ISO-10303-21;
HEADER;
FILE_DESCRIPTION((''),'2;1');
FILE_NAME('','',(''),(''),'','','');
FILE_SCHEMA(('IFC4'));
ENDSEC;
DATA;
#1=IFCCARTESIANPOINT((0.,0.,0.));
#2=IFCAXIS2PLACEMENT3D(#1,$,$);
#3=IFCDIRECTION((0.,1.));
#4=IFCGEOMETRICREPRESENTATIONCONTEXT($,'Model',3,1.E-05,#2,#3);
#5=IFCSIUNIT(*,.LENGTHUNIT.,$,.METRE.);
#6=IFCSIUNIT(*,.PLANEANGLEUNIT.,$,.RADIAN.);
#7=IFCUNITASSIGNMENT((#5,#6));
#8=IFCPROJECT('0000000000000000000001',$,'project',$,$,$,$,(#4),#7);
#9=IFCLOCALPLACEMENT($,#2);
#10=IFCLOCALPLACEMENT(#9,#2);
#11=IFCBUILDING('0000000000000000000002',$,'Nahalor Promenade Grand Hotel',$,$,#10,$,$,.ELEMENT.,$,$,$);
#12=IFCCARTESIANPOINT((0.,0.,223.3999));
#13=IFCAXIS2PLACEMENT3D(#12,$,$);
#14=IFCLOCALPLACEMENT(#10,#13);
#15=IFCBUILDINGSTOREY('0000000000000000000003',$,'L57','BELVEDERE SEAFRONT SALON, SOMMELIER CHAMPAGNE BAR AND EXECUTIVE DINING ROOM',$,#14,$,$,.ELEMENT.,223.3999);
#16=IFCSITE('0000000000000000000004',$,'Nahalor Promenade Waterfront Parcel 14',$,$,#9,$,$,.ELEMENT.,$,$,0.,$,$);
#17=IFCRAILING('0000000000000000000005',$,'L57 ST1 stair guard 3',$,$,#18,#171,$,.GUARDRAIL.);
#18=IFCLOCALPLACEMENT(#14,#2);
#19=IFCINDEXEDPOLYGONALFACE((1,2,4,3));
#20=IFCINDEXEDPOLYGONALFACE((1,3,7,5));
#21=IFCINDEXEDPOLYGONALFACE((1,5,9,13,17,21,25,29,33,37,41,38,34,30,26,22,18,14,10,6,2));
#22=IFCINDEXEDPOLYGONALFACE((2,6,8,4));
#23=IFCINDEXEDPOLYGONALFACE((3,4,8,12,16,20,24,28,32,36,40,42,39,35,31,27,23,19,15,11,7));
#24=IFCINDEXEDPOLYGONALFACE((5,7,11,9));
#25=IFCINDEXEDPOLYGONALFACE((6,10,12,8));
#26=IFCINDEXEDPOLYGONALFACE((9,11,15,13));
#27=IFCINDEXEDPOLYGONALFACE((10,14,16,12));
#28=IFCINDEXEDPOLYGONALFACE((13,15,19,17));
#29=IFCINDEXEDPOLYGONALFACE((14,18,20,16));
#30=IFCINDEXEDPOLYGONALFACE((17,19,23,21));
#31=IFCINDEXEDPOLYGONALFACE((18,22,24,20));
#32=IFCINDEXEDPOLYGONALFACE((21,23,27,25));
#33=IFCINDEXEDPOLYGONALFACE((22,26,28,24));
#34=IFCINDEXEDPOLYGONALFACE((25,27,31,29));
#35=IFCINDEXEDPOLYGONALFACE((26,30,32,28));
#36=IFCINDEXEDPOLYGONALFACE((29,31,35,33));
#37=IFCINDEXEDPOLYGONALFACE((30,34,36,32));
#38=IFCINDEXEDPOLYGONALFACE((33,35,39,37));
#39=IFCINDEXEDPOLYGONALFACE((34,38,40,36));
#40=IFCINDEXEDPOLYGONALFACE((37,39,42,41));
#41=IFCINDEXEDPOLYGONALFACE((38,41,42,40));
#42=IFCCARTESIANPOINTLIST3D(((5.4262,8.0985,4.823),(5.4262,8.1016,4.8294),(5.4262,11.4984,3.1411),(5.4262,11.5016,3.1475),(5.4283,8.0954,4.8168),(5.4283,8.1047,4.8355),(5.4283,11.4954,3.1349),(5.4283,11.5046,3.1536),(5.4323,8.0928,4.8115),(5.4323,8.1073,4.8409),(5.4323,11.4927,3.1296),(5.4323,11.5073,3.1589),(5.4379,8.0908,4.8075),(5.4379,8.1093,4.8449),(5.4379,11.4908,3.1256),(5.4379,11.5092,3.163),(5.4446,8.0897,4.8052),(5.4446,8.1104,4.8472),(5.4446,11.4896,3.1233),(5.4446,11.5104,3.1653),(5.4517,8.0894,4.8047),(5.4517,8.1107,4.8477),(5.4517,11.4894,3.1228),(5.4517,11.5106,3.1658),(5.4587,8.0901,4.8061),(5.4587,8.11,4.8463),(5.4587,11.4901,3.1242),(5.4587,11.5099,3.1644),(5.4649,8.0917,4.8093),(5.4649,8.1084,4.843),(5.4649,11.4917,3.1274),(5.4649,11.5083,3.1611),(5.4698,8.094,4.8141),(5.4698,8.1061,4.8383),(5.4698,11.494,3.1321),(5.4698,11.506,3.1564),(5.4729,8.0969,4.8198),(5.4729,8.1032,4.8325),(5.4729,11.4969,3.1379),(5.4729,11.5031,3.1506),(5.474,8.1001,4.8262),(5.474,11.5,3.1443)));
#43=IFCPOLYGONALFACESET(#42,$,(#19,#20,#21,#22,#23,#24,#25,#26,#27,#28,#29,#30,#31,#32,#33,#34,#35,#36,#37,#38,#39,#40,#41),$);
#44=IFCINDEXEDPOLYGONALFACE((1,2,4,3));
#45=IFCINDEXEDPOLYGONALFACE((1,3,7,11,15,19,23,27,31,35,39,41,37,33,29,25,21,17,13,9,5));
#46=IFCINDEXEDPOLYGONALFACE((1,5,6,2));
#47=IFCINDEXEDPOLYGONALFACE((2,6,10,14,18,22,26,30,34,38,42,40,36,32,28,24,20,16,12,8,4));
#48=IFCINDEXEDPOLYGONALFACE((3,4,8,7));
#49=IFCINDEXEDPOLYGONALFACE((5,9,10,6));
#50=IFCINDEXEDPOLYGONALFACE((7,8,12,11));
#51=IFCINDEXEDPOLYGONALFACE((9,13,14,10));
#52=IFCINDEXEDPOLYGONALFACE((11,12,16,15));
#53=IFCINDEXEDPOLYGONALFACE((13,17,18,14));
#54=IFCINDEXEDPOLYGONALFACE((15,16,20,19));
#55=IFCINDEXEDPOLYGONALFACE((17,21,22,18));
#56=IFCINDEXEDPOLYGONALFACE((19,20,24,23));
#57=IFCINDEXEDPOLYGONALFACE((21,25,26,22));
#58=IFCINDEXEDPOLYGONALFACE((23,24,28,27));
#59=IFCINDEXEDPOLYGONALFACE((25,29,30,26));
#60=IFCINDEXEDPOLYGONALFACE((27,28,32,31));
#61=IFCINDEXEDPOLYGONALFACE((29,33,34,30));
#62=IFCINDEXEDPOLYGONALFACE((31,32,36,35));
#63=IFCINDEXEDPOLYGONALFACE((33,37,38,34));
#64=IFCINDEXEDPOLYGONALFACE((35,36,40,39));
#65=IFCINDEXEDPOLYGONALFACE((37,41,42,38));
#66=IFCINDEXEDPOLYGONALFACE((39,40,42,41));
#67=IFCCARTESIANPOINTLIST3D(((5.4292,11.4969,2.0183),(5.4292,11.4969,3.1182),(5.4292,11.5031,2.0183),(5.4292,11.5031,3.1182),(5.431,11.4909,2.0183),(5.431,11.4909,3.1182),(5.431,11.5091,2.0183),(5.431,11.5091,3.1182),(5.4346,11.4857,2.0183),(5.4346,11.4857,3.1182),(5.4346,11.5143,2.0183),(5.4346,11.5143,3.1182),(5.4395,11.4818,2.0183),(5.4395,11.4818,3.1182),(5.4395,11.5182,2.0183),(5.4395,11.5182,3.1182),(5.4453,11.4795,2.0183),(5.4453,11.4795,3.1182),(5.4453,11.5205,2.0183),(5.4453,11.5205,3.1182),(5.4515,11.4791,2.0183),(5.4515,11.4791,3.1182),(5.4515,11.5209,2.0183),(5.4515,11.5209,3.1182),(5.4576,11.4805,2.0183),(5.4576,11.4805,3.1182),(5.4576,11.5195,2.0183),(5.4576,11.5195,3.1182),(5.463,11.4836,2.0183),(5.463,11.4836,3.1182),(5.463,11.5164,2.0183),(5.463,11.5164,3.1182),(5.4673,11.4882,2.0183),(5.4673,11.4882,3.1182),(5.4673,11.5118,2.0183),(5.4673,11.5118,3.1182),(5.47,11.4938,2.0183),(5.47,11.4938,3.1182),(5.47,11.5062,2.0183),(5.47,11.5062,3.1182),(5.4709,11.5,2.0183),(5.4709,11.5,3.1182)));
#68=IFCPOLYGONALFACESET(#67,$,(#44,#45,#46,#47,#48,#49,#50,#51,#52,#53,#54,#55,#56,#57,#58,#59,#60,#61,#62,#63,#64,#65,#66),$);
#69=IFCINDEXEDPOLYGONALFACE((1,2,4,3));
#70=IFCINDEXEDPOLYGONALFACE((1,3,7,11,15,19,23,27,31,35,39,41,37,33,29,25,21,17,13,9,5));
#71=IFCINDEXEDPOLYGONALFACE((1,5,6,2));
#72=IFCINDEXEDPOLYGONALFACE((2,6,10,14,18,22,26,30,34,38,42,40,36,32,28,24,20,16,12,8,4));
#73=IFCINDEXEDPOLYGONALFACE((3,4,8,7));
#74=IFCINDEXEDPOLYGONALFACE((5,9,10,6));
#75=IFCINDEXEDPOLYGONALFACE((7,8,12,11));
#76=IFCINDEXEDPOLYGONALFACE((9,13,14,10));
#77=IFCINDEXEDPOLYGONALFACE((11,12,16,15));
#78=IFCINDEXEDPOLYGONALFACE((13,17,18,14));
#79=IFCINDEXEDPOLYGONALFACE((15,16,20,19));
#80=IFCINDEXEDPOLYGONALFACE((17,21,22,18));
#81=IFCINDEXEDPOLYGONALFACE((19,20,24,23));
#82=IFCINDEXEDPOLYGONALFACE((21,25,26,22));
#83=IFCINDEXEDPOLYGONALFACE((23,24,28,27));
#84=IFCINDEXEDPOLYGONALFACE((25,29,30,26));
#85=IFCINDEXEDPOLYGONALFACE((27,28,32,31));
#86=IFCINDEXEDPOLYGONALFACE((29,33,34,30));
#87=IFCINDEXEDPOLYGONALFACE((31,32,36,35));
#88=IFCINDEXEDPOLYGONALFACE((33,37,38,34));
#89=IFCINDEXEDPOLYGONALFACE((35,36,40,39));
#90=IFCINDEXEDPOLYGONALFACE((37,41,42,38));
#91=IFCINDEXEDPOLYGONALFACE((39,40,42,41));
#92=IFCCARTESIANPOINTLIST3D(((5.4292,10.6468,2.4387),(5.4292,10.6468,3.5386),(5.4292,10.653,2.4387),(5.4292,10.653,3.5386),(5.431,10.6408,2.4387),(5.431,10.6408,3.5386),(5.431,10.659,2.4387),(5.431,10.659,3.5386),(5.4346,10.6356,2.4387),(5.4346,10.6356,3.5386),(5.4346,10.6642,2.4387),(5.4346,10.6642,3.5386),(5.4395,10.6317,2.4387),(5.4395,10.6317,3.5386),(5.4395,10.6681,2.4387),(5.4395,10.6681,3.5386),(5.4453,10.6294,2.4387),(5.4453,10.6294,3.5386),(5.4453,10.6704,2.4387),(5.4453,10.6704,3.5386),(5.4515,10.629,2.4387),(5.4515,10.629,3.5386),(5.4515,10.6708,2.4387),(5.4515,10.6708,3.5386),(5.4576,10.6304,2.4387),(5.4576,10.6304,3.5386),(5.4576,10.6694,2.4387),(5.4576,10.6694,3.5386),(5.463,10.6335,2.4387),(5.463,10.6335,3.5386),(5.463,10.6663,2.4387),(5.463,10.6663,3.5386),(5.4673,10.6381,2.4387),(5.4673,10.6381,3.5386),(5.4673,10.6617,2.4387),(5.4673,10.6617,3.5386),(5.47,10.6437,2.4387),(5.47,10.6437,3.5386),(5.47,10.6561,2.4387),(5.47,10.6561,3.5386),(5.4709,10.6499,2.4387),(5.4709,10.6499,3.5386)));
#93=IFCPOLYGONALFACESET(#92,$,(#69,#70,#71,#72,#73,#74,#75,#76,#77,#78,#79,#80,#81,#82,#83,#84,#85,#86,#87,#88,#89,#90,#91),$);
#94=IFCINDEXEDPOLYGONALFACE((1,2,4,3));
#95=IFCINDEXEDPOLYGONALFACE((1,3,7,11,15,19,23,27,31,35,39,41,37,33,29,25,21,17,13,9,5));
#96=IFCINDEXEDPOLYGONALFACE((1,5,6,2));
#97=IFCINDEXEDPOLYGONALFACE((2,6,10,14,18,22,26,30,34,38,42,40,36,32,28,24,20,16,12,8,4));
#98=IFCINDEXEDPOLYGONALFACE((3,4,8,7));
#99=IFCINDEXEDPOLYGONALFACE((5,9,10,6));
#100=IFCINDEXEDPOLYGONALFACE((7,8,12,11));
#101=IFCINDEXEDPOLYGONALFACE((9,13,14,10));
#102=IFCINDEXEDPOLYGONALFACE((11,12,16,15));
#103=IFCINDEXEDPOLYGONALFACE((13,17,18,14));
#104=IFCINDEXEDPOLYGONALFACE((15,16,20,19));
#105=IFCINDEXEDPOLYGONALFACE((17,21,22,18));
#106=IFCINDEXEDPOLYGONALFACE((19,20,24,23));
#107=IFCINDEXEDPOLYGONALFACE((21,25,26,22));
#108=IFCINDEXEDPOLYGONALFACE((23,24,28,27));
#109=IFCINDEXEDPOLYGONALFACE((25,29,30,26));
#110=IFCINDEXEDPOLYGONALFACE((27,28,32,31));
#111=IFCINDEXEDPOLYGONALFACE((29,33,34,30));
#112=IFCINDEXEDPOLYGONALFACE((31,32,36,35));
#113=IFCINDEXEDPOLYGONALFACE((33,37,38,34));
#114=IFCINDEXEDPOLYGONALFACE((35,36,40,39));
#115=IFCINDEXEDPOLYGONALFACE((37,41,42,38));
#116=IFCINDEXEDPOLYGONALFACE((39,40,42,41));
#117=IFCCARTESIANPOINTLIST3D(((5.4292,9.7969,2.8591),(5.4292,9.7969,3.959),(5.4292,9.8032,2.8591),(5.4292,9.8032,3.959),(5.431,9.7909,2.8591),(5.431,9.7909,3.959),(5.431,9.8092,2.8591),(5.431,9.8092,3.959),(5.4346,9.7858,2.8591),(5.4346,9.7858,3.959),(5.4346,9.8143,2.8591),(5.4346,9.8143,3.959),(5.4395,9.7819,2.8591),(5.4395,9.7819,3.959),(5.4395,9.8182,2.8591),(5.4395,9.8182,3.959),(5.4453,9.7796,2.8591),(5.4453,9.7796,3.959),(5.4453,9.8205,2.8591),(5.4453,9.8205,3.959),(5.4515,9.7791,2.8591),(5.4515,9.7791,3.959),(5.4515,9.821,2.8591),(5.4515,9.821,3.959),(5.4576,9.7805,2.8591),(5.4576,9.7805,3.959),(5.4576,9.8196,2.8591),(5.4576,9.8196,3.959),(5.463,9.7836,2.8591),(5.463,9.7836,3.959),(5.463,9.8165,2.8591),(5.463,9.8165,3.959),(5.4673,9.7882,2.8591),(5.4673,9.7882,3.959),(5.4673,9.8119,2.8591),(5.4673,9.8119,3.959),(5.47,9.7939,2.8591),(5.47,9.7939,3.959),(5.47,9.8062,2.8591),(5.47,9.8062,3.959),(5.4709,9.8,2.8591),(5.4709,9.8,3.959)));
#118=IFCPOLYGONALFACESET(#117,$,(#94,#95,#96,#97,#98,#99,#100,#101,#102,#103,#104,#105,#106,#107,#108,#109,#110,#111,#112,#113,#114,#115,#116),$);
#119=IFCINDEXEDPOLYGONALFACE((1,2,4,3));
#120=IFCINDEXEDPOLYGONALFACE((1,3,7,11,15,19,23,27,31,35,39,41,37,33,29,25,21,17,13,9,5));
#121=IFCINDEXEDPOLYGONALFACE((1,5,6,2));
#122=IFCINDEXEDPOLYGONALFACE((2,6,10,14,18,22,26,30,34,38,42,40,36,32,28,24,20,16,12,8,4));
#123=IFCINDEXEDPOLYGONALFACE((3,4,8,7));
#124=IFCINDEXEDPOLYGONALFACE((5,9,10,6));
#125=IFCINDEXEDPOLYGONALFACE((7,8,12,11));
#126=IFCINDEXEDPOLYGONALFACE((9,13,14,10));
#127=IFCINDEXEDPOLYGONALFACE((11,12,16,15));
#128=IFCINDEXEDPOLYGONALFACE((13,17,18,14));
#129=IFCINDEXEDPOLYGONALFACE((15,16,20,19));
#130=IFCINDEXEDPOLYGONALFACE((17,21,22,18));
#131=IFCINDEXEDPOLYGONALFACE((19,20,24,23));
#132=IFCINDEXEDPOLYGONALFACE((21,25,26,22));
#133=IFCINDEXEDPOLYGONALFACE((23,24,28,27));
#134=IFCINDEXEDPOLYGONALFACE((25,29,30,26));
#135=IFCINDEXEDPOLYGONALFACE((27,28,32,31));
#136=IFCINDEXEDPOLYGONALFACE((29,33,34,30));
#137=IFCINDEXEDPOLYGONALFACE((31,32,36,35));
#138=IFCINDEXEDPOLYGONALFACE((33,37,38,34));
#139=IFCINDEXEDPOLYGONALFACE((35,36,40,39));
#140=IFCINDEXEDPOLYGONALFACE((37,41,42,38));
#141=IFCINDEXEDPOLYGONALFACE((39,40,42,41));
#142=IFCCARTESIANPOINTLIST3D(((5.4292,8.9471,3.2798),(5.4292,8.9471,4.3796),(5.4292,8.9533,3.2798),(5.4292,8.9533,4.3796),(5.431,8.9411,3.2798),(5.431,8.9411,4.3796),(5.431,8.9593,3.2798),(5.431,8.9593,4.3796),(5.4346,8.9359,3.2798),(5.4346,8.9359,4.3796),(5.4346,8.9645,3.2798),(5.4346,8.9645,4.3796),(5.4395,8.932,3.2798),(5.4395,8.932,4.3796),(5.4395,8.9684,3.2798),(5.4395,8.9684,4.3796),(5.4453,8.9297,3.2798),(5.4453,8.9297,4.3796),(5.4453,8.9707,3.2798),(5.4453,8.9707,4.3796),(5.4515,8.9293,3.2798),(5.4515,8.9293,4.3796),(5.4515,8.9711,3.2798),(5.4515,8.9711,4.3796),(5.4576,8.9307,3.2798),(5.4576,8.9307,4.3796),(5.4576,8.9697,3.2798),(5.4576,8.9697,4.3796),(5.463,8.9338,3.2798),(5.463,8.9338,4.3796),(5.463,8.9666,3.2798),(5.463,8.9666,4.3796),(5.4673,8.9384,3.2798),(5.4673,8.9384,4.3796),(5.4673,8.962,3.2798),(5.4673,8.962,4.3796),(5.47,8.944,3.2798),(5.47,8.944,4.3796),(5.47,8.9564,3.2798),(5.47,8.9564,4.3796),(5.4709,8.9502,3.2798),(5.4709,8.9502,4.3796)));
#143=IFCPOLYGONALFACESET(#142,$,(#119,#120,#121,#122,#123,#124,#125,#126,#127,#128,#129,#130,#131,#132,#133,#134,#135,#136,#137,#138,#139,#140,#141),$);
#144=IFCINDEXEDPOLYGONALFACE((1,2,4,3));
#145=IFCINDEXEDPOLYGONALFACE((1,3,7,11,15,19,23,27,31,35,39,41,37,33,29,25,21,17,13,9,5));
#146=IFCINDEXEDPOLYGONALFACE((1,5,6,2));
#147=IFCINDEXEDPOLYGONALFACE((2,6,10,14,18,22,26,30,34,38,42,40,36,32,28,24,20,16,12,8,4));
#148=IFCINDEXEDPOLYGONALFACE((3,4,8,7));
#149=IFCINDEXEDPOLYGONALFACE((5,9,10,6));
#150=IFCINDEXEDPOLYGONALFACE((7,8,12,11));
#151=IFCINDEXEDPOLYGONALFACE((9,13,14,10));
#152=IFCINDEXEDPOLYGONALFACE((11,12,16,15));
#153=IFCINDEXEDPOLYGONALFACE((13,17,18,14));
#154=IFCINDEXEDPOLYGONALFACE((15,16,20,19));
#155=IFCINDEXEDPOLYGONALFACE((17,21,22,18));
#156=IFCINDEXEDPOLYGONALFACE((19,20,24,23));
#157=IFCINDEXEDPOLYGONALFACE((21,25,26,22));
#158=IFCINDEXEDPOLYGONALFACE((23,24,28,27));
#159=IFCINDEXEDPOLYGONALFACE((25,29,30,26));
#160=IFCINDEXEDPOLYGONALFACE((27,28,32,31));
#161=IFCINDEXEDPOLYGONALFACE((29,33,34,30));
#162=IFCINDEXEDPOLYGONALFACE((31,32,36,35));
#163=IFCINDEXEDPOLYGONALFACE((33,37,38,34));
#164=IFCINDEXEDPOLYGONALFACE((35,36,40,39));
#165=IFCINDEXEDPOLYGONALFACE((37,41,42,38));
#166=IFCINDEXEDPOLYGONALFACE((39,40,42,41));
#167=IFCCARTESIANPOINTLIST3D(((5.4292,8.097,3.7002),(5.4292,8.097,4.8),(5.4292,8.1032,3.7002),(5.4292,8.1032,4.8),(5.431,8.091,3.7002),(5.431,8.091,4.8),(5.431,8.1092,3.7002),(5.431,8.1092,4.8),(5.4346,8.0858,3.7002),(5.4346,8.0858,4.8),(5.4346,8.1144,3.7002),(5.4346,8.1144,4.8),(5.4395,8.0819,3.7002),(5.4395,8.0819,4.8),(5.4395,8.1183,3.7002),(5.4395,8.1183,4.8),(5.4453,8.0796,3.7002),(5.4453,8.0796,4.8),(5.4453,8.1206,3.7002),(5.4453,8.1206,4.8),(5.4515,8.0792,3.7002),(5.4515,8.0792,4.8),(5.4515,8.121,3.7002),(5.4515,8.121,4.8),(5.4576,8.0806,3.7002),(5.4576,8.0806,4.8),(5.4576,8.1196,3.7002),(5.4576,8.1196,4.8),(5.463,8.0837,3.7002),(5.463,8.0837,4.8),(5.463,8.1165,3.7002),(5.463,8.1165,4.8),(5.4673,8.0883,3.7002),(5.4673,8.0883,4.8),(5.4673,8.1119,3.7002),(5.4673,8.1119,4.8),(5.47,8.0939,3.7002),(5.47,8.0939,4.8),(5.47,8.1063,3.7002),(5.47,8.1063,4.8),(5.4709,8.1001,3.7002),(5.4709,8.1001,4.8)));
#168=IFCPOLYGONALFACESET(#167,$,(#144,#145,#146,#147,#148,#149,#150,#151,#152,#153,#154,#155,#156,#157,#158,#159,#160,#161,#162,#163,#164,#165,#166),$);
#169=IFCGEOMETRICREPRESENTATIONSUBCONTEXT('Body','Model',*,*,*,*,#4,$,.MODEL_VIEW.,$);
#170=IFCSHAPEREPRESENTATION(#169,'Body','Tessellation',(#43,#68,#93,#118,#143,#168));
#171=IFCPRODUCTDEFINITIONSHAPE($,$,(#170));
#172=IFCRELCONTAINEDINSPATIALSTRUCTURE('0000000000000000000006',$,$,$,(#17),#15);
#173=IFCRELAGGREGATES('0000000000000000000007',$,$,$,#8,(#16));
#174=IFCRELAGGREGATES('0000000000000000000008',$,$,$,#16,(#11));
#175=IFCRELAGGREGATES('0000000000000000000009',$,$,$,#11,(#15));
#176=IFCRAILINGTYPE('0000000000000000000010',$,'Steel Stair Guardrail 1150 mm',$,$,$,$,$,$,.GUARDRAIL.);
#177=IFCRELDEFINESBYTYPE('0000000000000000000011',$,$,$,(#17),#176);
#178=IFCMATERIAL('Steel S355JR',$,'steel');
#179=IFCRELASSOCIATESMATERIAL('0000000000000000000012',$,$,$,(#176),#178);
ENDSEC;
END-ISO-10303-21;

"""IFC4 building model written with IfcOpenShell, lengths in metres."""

from ifc_helpers import new_model, si_unit, direction, frame, origin, origin_2d, place, context, subcontext, project, spatial, circle, extrude, material, type_object, element, save


model = new_model("IFC4")

# Units and contexts
model_context = context("Model", 3, precision=1e-05, world=origin(), true_north=direction((0.0, 1.0)))
body_context = subcontext(model_context, "Body", "Model", "MODEL_VIEW")
ifc_project = project(units=[si_unit("LENGTHUNIT", "METRE"), si_unit("PLANEANGLEUNIT", "RADIAN")], contexts=[model_context])

# Site, building, storey
site_placement = place(None, origin())
site = spatial("IfcSite", under=ifc_project, at=site_placement, Name="Nahalor Promenade Waterfront Parcel 14", CompositionType="ELEMENT", RefElevation=0.0)
building_placement = place(site_placement, origin())
building = spatial("IfcBuilding", under=site, at=building_placement, Name="Nahalor Promenade Grand Hotel", CompositionType="ELEMENT")
storey_placement = place(building_placement, frame((0.0, 0.0, 223.3999)))
storey = spatial("IfcBuildingStorey", under=building, at=storey_placement, Name="L57", Description="BELVEDERE SEAFRONT SALON, SOMMELIER CHAMPAGNE BAR AND EXECUTIVE DINING ROOM", CompositionType="ELEMENT", Elevation=223.3999)

# Shared definitions
ifc_material_1 = material(Name="Steel S355JR", Category="steel")

# Railing
railing_type = type_object("IfcRailingType", Name="Steel Stair Guardrail 1150 mm", PredefinedType="GUARDRAIL", material=ifc_material_1)
railing_placement = place(storey_placement, frame((5.45, 11.5, 2.0183)))
element("IfcRailing", 1, at=railing_placement, inside=storey, type_object=railing_type, Name="L57 ST1 stair guard 3", PredefinedType="GUARDRAIL", context=body_context, shape_type="SweptSolid", body=[
    extrude(circle(Radius=0.024, at=origin_2d()), frame((0.0, 0.0, 1.126), z_axis=(0.0, -0.896324, 0.443399), x_axis=(1.0, 0.0, 0.0)), (0.0, 0.0, 1.0), 3.7932),
    extrude(circle(Radius=0.021, at=origin_2d()), origin(), (0.0, 0.0, 1.0), 1.0999),
    extrude(circle(Radius=0.021, at=origin_2d()), frame((0.0, -0.8501, 0.4204)), (0.0, 0.0, 1.0), 1.0999),
    extrude(circle(Radius=0.021, at=origin_2d()), frame((0.0, -1.7, 0.8408)), (0.0, 0.0, 1.0), 1.0999),
    extrude(circle(Radius=0.021, at=origin_2d()), frame((0.0, -2.5498, 1.2615)), (0.0, 0.0, 1.0), 1.0999),
    extrude(circle(Radius=0.021, at=origin_2d()), frame((0.0, -3.3999, 1.6819)), (0.0, 0.0, 1.0), 1.0999),
])

save(model, "model.ifc")
